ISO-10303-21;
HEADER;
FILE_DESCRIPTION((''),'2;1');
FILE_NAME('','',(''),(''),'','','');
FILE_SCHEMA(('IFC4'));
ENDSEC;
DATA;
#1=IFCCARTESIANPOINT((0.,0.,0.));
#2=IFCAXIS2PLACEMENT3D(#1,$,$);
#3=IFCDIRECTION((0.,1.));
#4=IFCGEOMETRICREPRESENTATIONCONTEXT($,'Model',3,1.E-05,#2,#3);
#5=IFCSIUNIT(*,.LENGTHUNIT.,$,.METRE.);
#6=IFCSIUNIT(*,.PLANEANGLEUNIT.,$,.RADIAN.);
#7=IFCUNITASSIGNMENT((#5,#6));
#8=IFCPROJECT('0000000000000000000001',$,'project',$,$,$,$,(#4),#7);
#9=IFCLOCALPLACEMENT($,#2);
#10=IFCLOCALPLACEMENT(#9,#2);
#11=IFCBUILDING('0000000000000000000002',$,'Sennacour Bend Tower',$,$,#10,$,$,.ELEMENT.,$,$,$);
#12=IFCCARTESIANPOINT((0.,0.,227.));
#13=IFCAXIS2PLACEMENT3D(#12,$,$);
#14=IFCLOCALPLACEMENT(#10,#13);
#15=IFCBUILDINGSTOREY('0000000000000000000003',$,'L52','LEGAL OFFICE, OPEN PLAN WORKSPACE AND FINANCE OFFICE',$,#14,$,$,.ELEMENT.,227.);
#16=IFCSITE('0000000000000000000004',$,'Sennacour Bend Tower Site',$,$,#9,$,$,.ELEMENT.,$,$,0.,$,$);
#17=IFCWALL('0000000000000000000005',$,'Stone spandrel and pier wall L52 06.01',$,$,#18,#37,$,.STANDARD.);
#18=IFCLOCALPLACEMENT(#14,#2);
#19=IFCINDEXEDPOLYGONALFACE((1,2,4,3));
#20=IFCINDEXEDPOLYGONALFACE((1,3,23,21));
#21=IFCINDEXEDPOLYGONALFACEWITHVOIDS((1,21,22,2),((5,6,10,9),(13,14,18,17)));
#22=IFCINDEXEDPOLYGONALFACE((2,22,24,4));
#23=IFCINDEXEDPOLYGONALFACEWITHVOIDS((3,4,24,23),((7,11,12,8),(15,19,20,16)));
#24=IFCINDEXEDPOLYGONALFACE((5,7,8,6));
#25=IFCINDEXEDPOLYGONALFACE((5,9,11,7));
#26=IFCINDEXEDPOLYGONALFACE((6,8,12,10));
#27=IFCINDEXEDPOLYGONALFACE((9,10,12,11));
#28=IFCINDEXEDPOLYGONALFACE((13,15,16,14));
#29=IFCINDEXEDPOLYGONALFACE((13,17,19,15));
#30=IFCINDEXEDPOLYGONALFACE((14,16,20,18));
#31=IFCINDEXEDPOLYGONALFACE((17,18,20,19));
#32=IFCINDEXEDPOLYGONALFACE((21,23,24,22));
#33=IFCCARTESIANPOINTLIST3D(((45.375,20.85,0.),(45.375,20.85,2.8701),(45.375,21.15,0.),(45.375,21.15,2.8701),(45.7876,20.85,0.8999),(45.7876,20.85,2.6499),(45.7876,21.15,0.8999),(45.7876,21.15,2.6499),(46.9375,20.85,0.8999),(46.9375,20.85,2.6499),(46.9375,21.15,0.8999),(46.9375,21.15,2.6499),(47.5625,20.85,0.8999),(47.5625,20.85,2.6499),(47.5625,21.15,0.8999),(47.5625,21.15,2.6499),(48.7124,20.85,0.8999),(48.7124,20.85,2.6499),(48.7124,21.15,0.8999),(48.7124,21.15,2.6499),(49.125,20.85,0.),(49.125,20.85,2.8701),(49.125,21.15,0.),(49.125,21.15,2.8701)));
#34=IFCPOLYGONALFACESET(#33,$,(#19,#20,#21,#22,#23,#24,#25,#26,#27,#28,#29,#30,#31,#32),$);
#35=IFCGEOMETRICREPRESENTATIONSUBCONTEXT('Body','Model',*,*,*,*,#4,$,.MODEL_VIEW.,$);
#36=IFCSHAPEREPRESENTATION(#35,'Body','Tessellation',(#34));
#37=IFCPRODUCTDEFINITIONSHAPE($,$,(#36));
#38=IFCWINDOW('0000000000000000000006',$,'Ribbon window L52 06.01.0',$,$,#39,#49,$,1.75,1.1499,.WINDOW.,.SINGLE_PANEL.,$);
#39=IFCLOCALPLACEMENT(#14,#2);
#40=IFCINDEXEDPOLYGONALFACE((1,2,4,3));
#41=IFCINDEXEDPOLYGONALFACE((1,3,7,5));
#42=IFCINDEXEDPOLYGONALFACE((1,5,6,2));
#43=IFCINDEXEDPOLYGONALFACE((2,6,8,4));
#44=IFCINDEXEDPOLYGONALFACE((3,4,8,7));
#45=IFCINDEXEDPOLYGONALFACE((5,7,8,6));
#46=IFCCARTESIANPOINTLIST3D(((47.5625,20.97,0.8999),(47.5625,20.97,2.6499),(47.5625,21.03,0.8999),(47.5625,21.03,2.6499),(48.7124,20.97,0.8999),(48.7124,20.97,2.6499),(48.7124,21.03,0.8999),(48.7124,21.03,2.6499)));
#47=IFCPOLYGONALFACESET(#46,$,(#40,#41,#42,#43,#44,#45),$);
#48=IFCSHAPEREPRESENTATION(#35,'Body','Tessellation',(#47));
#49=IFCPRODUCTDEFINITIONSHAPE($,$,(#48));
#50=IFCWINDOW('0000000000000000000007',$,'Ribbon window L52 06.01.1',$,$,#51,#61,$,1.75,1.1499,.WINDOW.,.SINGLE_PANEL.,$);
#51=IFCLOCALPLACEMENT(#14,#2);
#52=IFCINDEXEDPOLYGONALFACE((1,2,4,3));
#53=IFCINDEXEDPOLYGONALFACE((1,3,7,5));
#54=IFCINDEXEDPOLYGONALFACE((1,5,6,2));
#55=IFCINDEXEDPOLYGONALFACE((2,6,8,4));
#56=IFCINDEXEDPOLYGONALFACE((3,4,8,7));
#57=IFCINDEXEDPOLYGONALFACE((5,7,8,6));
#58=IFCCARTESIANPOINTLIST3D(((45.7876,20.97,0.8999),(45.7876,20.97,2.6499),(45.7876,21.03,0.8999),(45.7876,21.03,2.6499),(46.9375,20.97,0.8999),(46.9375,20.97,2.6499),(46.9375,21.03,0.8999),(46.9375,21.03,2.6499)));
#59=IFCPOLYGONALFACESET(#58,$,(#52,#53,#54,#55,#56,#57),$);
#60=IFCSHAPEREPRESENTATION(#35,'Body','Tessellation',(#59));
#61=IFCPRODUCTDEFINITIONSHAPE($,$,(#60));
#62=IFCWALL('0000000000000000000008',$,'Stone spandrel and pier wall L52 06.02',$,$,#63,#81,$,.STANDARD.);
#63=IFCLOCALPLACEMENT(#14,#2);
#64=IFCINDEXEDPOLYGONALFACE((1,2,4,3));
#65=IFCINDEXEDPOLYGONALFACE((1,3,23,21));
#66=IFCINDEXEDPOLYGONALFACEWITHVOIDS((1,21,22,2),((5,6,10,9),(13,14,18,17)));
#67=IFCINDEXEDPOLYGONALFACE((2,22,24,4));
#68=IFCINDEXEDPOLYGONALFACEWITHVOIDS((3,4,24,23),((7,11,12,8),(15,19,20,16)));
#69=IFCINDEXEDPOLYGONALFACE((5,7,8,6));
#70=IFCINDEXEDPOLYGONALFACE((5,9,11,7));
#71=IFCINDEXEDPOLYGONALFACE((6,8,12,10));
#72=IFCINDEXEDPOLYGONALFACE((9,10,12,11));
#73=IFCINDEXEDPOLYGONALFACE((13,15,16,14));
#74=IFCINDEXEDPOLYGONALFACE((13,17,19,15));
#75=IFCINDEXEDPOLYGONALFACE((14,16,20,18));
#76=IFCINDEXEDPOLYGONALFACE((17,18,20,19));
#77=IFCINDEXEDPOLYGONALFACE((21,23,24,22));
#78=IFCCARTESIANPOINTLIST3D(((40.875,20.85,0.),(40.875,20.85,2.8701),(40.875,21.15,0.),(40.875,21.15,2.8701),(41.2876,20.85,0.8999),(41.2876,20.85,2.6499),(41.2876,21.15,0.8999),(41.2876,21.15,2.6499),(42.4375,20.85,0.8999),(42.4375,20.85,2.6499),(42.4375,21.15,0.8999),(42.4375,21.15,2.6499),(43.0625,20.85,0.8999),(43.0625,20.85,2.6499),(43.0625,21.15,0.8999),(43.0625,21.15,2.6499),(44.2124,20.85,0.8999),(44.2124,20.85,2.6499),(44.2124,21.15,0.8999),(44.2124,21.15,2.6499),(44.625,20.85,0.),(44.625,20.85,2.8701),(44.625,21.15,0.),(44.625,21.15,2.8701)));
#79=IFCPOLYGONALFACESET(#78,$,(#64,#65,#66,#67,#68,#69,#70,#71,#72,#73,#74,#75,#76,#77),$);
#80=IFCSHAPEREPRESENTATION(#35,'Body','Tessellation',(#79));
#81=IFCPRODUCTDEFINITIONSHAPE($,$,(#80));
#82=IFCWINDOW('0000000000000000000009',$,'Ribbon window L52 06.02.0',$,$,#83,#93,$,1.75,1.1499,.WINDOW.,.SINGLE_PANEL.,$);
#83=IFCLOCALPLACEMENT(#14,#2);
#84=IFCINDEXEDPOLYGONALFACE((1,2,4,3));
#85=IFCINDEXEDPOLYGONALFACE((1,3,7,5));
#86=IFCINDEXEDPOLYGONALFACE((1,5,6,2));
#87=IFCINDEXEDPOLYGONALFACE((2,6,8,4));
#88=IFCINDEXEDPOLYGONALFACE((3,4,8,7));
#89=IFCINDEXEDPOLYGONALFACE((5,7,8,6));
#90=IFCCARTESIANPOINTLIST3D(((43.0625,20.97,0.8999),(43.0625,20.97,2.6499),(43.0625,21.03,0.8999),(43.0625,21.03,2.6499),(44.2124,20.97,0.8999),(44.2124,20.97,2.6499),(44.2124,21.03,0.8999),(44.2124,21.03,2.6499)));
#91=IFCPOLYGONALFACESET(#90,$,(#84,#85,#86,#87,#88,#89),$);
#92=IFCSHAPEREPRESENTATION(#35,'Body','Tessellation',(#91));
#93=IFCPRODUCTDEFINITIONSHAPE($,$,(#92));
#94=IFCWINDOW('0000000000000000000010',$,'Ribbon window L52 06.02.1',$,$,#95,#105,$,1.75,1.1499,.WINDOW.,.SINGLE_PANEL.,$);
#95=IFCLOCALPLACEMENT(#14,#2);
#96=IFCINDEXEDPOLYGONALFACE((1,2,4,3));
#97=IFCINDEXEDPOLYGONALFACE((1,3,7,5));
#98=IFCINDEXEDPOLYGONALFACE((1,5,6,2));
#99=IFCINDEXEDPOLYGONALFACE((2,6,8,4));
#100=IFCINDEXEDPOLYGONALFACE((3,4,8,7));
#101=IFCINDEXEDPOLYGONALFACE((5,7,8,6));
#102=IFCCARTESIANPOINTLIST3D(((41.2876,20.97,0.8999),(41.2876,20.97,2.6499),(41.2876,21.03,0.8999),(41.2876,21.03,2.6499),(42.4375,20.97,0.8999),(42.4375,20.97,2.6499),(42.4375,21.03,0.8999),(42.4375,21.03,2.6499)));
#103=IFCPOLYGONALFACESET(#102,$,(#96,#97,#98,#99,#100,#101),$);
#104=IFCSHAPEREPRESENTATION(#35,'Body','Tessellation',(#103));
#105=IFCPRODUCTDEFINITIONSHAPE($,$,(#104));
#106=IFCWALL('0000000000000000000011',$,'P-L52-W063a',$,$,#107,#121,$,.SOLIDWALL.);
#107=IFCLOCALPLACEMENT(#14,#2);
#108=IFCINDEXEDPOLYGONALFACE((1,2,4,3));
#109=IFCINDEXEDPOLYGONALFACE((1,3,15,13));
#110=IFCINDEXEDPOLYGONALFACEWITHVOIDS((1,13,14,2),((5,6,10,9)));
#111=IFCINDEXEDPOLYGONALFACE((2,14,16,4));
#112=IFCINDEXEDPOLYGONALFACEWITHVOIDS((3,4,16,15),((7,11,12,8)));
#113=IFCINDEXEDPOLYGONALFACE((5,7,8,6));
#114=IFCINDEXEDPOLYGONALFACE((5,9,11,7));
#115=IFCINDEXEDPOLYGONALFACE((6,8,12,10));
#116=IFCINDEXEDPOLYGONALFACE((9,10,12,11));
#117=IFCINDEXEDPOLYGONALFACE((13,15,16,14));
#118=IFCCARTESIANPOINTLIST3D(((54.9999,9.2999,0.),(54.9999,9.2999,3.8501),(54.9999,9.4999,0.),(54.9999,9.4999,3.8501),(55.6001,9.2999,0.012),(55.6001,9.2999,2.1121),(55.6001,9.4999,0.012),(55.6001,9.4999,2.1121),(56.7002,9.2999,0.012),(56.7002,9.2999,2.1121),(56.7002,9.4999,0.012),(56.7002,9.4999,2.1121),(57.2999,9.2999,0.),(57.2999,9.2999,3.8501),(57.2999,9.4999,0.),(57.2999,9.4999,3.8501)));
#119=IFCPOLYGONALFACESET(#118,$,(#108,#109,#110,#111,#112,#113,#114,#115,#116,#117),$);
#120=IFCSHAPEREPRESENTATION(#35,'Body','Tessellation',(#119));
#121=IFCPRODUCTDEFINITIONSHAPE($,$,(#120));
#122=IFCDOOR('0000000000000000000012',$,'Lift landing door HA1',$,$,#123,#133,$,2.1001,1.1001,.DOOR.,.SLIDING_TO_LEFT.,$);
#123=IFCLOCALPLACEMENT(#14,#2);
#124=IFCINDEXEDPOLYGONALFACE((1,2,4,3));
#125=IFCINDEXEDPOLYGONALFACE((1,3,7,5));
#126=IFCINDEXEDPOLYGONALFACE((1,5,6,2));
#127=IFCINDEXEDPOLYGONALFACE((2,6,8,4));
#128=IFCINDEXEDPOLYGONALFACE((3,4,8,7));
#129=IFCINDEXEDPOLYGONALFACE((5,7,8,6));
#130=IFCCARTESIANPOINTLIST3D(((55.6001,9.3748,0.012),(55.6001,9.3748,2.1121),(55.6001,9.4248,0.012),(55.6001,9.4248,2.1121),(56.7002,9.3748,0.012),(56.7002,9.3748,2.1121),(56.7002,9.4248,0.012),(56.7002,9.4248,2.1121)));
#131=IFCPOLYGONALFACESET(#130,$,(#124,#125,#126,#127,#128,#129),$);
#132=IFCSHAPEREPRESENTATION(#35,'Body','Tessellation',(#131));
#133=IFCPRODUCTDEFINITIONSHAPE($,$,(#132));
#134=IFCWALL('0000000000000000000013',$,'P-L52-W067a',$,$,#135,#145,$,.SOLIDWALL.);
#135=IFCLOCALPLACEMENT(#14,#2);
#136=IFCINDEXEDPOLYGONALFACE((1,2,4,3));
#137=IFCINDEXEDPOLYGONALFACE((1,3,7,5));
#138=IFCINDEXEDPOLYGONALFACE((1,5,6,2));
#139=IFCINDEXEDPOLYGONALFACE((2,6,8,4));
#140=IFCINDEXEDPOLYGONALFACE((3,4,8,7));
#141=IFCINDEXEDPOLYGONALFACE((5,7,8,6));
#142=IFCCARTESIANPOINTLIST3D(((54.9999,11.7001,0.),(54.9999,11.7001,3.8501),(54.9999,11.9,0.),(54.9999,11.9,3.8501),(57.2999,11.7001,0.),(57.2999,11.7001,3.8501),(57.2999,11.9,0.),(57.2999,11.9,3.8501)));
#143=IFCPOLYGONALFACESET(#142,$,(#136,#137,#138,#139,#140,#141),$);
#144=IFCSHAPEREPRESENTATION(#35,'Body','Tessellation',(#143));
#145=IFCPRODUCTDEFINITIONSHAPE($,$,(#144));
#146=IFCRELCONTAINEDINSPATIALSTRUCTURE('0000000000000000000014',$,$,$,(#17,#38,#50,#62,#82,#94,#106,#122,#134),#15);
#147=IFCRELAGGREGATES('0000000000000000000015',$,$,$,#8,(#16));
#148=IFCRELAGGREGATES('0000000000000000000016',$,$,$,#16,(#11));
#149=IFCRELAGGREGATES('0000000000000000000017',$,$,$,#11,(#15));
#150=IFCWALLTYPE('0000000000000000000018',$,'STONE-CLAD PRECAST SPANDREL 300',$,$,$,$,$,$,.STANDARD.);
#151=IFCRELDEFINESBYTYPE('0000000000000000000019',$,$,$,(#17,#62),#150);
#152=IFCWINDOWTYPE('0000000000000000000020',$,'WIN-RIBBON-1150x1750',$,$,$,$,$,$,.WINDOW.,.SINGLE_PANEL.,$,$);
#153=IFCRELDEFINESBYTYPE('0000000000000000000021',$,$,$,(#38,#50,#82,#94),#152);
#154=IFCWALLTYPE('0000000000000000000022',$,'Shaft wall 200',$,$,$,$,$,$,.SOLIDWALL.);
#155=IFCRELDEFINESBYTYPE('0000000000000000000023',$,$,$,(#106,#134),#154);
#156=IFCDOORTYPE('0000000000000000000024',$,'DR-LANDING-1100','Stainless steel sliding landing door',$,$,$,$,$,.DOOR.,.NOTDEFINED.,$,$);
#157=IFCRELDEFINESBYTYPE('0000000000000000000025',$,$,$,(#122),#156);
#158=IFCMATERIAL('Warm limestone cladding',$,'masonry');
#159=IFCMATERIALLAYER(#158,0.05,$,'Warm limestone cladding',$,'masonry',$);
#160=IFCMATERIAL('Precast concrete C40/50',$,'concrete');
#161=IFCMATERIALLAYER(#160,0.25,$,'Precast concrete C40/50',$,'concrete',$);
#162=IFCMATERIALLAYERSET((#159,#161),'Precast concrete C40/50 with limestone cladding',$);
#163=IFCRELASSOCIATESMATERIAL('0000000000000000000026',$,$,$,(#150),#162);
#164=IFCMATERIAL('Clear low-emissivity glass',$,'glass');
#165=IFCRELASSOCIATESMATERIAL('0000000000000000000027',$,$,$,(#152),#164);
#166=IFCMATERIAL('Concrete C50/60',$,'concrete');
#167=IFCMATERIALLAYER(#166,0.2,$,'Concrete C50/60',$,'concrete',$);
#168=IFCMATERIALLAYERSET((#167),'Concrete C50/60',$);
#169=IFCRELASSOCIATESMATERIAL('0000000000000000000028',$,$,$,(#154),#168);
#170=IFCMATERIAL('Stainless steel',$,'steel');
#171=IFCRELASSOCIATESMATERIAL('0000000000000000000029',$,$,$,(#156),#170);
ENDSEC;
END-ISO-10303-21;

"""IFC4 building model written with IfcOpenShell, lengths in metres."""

from ifc_helpers import new_model, si_unit, direction, frame, frame_2d, origin, place, context, subcontext, project, spatial, rectangle, extrude, material, layer, layer_set, type_object, element, fill, save


model = new_model("IFC4")

# Units and contexts
model_context = context("Model", 3, precision=1e-05, world=origin(), true_north=direction((0.0, 1.0)))
body_context = subcontext(model_context, "Body", "Model", "MODEL_VIEW")
ifc_project = project(units=[si_unit("LENGTHUNIT", "METRE"), si_unit("PLANEANGLEUNIT", "RADIAN")], contexts=[model_context])

# Site, building, storey
site_placement = place(None, origin())
site = spatial("IfcSite", under=ifc_project, at=site_placement, Name="Sennacour Bend Tower Site", CompositionType="ELEMENT", RefElevation=0.0)
building_placement = place(site_placement, origin())
building = spatial("IfcBuilding", under=site, at=building_placement, Name="Sennacour Bend Tower", CompositionType="ELEMENT")
storey_placement = place(building_placement, frame((0.0, 0.0, 227.0)))
storey = spatial("IfcBuildingStorey", under=building, at=storey_placement, Name="L52", Description="LEGAL OFFICE, OPEN PLAN WORKSPACE AND FINANCE OFFICE", CompositionType="ELEMENT", Elevation=227.0)

# Walls, openings, windows
ifc_material_1 = material(Name="Warm limestone cladding", Category="masonry")
ifc_layer_1 = layer(ifc_material_1, 0.05, Name="Warm limestone cladding", Category="masonry")
ifc_material_2 = material(Name="Precast concrete C40/50", Category="concrete")
ifc_layer_2 = layer(ifc_material_2, 0.25, Name="Precast concrete C40/50", Category="concrete")
ifc_layer_set_1 = layer_set([ifc_layer_1, ifc_layer_2], Name="Precast concrete C40/50 with limestone cladding")
wall_type_1 = type_object("IfcWallType", Name="STONE-CLAD PRECAST SPANDREL 300", PredefinedType="STANDARD", material=ifc_layer_set_1)
ifc_material_3 = material(Name="Clear low-emissivity glass", Category="glass")
window_type_1 = type_object("IfcWindowType", Name="WIN-RIBBON-1150x1750", PartitioningType="SINGLE_PANEL", PredefinedType="WINDOW", material=ifc_material_3)
wall_1_placement = place(storey_placement, frame((49.125, 21.0, 0.0), z_axis=(0.0, 0.0, 1.0), x_axis=(-1.0, 0.0, 0.0)))
wall_1 = element("IfcWall", 1, at=wall_1_placement, inside=storey, type_object=wall_type_1, Name="Stone spandrel and pier wall L52 06.01", PredefinedType="STANDARD", context=body_context, shape_type="SweptSolid", body=[
    extrude(rectangle(XDim=3.75, YDim=0.3, at=frame_2d((1.875, 0.0))), origin(), (0.0, 0.0, 1.0), 2.8701),
])
opening_1_placement = place(wall_1_placement, frame((0.4126, 0.0, 0.8999)))
opening_1 = element("IfcOpeningElement", 2, at=opening_1_placement, cuts=wall_1, PredefinedType="OPENING", context=body_context, shape_type="SweptSolid", body=[
    extrude(rectangle(XDim=1.1499, YDim=1.75, at=frame_2d((0.575, 0.875))), frame((0.0, 0.1602, 0.0), z_axis=(0.0, -1.0, 0.0), x_axis=(1.0, 0.0, 0.0)), (0.0, 0.0, 1.0), 0.3201),
])
opening_2_placement = place(wall_1_placement, frame((2.1875, 0.0, 0.8999)))
opening_2 = element("IfcOpeningElement", 3, at=opening_2_placement, cuts=wall_1, PredefinedType="OPENING", context=body_context, shape_type="SweptSolid", body=[
    extrude(rectangle(XDim=1.1499, YDim=1.75, at=frame_2d((0.575, 0.875))), frame((0.0, 0.1602, 0.0), z_axis=(0.0, -1.0, 0.0), x_axis=(1.0, 0.0, 0.0)), (0.0, 0.0, 1.0), 0.3201),
])
window_1_placement = place(opening_1_placement, origin())
window_1 = element("IfcWindow", 4, at=window_1_placement, inside=storey, type_object=window_type_1, Name="Ribbon window L52 06.01.0", OverallHeight=1.75, OverallWidth=1.1499, PartitioningType="SINGLE_PANEL", PredefinedType="WINDOW", context=body_context, shape_type="SweptSolid", body=[
    extrude(rectangle(XDim=1.1499, YDim=1.75, at=frame_2d((0.575, 0.875))), frame((0.0, 0.03, 0.0), z_axis=(0.0, -1.0, 0.0), x_axis=(1.0, 0.0, 0.0)), (0.0, 0.0, 1.0), 0.0601),
])
fill(opening_1, window_1)
window_2_placement = place(opening_2_placement, origin())
window_2 = element("IfcWindow", 5, at=window_2_placement, inside=storey, type_object=window_type_1, Name="Ribbon window L52 06.01.1", OverallHeight=1.75, OverallWidth=1.1499, PartitioningType="SINGLE_PANEL", PredefinedType="WINDOW", context=body_context, shape_type="SweptSolid", body=[
    extrude(rectangle(XDim=1.1499, YDim=1.75, at=frame_2d((0.575, 0.875))), frame((0.0, 0.03, 0.0), z_axis=(0.0, -1.0, 0.0), x_axis=(1.0, 0.0, 0.0)), (0.0, 0.0, 1.0), 0.0601),
])
fill(opening_2, window_2)
wall_2_placement = place(storey_placement, frame((44.625, 21.0, 0.0), z_axis=(0.0, 0.0, 1.0), x_axis=(-1.0, 0.0, 0.0)))
wall_2 = element("IfcWall", 6, at=wall_2_placement, inside=storey, type_object=wall_type_1, Name="Stone spandrel and pier wall L52 06.02", PredefinedType="STANDARD", context=body_context, shape_type="SweptSolid", body=[
    extrude(rectangle(XDim=3.75, YDim=0.3, at=frame_2d((1.875, 0.0))), origin(), (0.0, 0.0, 1.0), 2.8701),
])
opening_3_placement = place(wall_2_placement, frame((0.4126, 0.0, 0.8999)))
opening_3 = element("IfcOpeningElement", 7, at=opening_3_placement, cuts=wall_2, PredefinedType="OPENING", context=body_context, shape_type="SweptSolid", body=[
    extrude(rectangle(XDim=1.1499, YDim=1.75, at=frame_2d((0.575, 0.875))), frame((0.0, 0.1602, 0.0), z_axis=(0.0, -1.0, 0.0), x_axis=(1.0, 0.0, 0.0)), (0.0, 0.0, 1.0), 0.3201),
])
opening_4_placement = place(wall_2_placement, frame((2.1875, 0.0, 0.8999)))
opening_4 = element("IfcOpeningElement", 8, at=opening_4_placement, cuts=wall_2, PredefinedType="OPENING", context=body_context, shape_type="SweptSolid", body=[
    extrude(rectangle(XDim=1.1499, YDim=1.75, at=frame_2d((0.575, 0.875))), frame((0.0, 0.1602, 0.0), z_axis=(0.0, -1.0, 0.0), x_axis=(1.0, 0.0, 0.0)), (0.0, 0.0, 1.0), 0.3201),
])
window_3_placement = place(opening_3_placement, origin())
window_3 = element("IfcWindow", 9, at=window_3_placement, inside=storey, type_object=window_type_1, Name="Ribbon window L52 06.02.0", OverallHeight=1.75, OverallWidth=1.1499, PartitioningType="SINGLE_PANEL", PredefinedType="WINDOW", context=body_context, shape_type="SweptSolid", body=[
    extrude(rectangle(XDim=1.1499, YDim=1.75, at=frame_2d((0.575, 0.875))), frame((0.0, 0.03, 0.0), z_axis=(0.0, -1.0, 0.0), x_axis=(1.0, 0.0, 0.0)), (0.0, 0.0, 1.0), 0.0601),
])
fill(opening_3, window_3)
window_4_placement = place(opening_4_placement, origin())
window_4 = element("IfcWindow", 10, at=window_4_placement, inside=storey, type_object=window_type_1, Name="Ribbon window L52 06.02.1", OverallHeight=1.75, OverallWidth=1.1499, PartitioningType="SINGLE_PANEL", PredefinedType="WINDOW", context=body_context, shape_type="SweptSolid", body=[
    extrude(rectangle(XDim=1.1499, YDim=1.75, at=frame_2d((0.575, 0.875))), frame((0.0, 0.03, 0.0), z_axis=(0.0, -1.0, 0.0), x_axis=(1.0, 0.0, 0.0)), (0.0, 0.0, 1.0), 0.0601),
])
fill(opening_4, window_4)

# Wall, opening, door
ifc_material_4 = material(Name="Concrete C50/60", Category="concrete")
ifc_layer_3 = layer(ifc_material_4, 0.2, Name="Concrete C50/60", Category="concrete")
ifc_layer_set_2 = layer_set([ifc_layer_3], Name="Concrete C50/60")
wall_type_2 = type_object("IfcWallType", Name="Shaft wall 200", PredefinedType="SOLIDWALL", material=ifc_layer_set_2)
wall_3_placement = place(storey_placement, frame((55.0, 9.3999, 0.0), z_axis=(0.0, 0.0, 1.0), x_axis=(1.0, 0.0, 0.0)))
wall_3 = element("IfcWall", 11, at=wall_3_placement, inside=storey, type_object=wall_type_2, Name="P-L52-W063a", PredefinedType="SOLIDWALL", context=body_context, shape_type="SweptSolid", body=[
    extrude(rectangle(XDim=2.3, YDim=0.2, at=frame_2d((1.1499, 0.0))), origin(), (0.0, 0.0, 1.0), 3.8501),
])
opening_5_placement = place(wall_3_placement, frame((0.6001, 0.0, 0.012)))
opening_5 = element("IfcOpeningElement", 12, at=opening_5_placement, cuts=wall_3, PredefinedType="OPENING", context=body_context, shape_type="SweptSolid", body=[
    extrude(rectangle(XDim=1.1001, YDim=2.1001, at=frame_2d((0.55, 1.05))), frame((0.0, 0.1099, 0.0), z_axis=(0.0, -1.0, 0.0), x_axis=(1.0, 0.0, 0.0)), (0.0, 0.0, 1.0), 0.22),
])
ifc_material_5 = material(Name="Stainless steel", Category="steel")
door_type_1 = type_object("IfcDoorType", Name="DR-LANDING-1100", Description="Stainless steel sliding landing door", OperationType="NOTDEFINED", PredefinedType="DOOR", material=ifc_material_5)
door_1_placement = place(opening_5_placement, origin())
door_1 = element("IfcDoor", 13, at=door_1_placement, inside=storey, type_object=door_type_1, Name="Lift landing door HA1", OperationType="SLIDING_TO_LEFT", OverallHeight=2.1001, OverallWidth=1.1001, PredefinedType="DOOR", context=body_context, shape_type="SweptSolid", body=[
    extrude(rectangle(XDim=1.1001, YDim=2.1001, at=frame_2d((0.55, 1.05))), frame((0.0, 0.0249, 0.0), z_axis=(0.0, -1.0, 0.0), x_axis=(1.0, 0.0, 0.0)), (0.0, 0.0, 1.0), 0.05),
])
fill(opening_5, door_1)

# Wall
wall_4_placement = place(storey_placement, frame((55.0, 11.8, 0.0), z_axis=(0.0, 0.0, 1.0), x_axis=(1.0, 0.0, 0.0)))
element("IfcWall", 14, at=wall_4_placement, inside=storey, type_object=wall_type_2, Name="P-L52-W067a", PredefinedType="SOLIDWALL", context=body_context, shape_type="SweptSolid", body=[
    extrude(rectangle(XDim=2.3, YDim=0.2, at=frame_2d((1.1499, 0.0))), origin(), (0.0, 0.0, 1.0), 3.8501),
])

save(model, "model.ifc")
